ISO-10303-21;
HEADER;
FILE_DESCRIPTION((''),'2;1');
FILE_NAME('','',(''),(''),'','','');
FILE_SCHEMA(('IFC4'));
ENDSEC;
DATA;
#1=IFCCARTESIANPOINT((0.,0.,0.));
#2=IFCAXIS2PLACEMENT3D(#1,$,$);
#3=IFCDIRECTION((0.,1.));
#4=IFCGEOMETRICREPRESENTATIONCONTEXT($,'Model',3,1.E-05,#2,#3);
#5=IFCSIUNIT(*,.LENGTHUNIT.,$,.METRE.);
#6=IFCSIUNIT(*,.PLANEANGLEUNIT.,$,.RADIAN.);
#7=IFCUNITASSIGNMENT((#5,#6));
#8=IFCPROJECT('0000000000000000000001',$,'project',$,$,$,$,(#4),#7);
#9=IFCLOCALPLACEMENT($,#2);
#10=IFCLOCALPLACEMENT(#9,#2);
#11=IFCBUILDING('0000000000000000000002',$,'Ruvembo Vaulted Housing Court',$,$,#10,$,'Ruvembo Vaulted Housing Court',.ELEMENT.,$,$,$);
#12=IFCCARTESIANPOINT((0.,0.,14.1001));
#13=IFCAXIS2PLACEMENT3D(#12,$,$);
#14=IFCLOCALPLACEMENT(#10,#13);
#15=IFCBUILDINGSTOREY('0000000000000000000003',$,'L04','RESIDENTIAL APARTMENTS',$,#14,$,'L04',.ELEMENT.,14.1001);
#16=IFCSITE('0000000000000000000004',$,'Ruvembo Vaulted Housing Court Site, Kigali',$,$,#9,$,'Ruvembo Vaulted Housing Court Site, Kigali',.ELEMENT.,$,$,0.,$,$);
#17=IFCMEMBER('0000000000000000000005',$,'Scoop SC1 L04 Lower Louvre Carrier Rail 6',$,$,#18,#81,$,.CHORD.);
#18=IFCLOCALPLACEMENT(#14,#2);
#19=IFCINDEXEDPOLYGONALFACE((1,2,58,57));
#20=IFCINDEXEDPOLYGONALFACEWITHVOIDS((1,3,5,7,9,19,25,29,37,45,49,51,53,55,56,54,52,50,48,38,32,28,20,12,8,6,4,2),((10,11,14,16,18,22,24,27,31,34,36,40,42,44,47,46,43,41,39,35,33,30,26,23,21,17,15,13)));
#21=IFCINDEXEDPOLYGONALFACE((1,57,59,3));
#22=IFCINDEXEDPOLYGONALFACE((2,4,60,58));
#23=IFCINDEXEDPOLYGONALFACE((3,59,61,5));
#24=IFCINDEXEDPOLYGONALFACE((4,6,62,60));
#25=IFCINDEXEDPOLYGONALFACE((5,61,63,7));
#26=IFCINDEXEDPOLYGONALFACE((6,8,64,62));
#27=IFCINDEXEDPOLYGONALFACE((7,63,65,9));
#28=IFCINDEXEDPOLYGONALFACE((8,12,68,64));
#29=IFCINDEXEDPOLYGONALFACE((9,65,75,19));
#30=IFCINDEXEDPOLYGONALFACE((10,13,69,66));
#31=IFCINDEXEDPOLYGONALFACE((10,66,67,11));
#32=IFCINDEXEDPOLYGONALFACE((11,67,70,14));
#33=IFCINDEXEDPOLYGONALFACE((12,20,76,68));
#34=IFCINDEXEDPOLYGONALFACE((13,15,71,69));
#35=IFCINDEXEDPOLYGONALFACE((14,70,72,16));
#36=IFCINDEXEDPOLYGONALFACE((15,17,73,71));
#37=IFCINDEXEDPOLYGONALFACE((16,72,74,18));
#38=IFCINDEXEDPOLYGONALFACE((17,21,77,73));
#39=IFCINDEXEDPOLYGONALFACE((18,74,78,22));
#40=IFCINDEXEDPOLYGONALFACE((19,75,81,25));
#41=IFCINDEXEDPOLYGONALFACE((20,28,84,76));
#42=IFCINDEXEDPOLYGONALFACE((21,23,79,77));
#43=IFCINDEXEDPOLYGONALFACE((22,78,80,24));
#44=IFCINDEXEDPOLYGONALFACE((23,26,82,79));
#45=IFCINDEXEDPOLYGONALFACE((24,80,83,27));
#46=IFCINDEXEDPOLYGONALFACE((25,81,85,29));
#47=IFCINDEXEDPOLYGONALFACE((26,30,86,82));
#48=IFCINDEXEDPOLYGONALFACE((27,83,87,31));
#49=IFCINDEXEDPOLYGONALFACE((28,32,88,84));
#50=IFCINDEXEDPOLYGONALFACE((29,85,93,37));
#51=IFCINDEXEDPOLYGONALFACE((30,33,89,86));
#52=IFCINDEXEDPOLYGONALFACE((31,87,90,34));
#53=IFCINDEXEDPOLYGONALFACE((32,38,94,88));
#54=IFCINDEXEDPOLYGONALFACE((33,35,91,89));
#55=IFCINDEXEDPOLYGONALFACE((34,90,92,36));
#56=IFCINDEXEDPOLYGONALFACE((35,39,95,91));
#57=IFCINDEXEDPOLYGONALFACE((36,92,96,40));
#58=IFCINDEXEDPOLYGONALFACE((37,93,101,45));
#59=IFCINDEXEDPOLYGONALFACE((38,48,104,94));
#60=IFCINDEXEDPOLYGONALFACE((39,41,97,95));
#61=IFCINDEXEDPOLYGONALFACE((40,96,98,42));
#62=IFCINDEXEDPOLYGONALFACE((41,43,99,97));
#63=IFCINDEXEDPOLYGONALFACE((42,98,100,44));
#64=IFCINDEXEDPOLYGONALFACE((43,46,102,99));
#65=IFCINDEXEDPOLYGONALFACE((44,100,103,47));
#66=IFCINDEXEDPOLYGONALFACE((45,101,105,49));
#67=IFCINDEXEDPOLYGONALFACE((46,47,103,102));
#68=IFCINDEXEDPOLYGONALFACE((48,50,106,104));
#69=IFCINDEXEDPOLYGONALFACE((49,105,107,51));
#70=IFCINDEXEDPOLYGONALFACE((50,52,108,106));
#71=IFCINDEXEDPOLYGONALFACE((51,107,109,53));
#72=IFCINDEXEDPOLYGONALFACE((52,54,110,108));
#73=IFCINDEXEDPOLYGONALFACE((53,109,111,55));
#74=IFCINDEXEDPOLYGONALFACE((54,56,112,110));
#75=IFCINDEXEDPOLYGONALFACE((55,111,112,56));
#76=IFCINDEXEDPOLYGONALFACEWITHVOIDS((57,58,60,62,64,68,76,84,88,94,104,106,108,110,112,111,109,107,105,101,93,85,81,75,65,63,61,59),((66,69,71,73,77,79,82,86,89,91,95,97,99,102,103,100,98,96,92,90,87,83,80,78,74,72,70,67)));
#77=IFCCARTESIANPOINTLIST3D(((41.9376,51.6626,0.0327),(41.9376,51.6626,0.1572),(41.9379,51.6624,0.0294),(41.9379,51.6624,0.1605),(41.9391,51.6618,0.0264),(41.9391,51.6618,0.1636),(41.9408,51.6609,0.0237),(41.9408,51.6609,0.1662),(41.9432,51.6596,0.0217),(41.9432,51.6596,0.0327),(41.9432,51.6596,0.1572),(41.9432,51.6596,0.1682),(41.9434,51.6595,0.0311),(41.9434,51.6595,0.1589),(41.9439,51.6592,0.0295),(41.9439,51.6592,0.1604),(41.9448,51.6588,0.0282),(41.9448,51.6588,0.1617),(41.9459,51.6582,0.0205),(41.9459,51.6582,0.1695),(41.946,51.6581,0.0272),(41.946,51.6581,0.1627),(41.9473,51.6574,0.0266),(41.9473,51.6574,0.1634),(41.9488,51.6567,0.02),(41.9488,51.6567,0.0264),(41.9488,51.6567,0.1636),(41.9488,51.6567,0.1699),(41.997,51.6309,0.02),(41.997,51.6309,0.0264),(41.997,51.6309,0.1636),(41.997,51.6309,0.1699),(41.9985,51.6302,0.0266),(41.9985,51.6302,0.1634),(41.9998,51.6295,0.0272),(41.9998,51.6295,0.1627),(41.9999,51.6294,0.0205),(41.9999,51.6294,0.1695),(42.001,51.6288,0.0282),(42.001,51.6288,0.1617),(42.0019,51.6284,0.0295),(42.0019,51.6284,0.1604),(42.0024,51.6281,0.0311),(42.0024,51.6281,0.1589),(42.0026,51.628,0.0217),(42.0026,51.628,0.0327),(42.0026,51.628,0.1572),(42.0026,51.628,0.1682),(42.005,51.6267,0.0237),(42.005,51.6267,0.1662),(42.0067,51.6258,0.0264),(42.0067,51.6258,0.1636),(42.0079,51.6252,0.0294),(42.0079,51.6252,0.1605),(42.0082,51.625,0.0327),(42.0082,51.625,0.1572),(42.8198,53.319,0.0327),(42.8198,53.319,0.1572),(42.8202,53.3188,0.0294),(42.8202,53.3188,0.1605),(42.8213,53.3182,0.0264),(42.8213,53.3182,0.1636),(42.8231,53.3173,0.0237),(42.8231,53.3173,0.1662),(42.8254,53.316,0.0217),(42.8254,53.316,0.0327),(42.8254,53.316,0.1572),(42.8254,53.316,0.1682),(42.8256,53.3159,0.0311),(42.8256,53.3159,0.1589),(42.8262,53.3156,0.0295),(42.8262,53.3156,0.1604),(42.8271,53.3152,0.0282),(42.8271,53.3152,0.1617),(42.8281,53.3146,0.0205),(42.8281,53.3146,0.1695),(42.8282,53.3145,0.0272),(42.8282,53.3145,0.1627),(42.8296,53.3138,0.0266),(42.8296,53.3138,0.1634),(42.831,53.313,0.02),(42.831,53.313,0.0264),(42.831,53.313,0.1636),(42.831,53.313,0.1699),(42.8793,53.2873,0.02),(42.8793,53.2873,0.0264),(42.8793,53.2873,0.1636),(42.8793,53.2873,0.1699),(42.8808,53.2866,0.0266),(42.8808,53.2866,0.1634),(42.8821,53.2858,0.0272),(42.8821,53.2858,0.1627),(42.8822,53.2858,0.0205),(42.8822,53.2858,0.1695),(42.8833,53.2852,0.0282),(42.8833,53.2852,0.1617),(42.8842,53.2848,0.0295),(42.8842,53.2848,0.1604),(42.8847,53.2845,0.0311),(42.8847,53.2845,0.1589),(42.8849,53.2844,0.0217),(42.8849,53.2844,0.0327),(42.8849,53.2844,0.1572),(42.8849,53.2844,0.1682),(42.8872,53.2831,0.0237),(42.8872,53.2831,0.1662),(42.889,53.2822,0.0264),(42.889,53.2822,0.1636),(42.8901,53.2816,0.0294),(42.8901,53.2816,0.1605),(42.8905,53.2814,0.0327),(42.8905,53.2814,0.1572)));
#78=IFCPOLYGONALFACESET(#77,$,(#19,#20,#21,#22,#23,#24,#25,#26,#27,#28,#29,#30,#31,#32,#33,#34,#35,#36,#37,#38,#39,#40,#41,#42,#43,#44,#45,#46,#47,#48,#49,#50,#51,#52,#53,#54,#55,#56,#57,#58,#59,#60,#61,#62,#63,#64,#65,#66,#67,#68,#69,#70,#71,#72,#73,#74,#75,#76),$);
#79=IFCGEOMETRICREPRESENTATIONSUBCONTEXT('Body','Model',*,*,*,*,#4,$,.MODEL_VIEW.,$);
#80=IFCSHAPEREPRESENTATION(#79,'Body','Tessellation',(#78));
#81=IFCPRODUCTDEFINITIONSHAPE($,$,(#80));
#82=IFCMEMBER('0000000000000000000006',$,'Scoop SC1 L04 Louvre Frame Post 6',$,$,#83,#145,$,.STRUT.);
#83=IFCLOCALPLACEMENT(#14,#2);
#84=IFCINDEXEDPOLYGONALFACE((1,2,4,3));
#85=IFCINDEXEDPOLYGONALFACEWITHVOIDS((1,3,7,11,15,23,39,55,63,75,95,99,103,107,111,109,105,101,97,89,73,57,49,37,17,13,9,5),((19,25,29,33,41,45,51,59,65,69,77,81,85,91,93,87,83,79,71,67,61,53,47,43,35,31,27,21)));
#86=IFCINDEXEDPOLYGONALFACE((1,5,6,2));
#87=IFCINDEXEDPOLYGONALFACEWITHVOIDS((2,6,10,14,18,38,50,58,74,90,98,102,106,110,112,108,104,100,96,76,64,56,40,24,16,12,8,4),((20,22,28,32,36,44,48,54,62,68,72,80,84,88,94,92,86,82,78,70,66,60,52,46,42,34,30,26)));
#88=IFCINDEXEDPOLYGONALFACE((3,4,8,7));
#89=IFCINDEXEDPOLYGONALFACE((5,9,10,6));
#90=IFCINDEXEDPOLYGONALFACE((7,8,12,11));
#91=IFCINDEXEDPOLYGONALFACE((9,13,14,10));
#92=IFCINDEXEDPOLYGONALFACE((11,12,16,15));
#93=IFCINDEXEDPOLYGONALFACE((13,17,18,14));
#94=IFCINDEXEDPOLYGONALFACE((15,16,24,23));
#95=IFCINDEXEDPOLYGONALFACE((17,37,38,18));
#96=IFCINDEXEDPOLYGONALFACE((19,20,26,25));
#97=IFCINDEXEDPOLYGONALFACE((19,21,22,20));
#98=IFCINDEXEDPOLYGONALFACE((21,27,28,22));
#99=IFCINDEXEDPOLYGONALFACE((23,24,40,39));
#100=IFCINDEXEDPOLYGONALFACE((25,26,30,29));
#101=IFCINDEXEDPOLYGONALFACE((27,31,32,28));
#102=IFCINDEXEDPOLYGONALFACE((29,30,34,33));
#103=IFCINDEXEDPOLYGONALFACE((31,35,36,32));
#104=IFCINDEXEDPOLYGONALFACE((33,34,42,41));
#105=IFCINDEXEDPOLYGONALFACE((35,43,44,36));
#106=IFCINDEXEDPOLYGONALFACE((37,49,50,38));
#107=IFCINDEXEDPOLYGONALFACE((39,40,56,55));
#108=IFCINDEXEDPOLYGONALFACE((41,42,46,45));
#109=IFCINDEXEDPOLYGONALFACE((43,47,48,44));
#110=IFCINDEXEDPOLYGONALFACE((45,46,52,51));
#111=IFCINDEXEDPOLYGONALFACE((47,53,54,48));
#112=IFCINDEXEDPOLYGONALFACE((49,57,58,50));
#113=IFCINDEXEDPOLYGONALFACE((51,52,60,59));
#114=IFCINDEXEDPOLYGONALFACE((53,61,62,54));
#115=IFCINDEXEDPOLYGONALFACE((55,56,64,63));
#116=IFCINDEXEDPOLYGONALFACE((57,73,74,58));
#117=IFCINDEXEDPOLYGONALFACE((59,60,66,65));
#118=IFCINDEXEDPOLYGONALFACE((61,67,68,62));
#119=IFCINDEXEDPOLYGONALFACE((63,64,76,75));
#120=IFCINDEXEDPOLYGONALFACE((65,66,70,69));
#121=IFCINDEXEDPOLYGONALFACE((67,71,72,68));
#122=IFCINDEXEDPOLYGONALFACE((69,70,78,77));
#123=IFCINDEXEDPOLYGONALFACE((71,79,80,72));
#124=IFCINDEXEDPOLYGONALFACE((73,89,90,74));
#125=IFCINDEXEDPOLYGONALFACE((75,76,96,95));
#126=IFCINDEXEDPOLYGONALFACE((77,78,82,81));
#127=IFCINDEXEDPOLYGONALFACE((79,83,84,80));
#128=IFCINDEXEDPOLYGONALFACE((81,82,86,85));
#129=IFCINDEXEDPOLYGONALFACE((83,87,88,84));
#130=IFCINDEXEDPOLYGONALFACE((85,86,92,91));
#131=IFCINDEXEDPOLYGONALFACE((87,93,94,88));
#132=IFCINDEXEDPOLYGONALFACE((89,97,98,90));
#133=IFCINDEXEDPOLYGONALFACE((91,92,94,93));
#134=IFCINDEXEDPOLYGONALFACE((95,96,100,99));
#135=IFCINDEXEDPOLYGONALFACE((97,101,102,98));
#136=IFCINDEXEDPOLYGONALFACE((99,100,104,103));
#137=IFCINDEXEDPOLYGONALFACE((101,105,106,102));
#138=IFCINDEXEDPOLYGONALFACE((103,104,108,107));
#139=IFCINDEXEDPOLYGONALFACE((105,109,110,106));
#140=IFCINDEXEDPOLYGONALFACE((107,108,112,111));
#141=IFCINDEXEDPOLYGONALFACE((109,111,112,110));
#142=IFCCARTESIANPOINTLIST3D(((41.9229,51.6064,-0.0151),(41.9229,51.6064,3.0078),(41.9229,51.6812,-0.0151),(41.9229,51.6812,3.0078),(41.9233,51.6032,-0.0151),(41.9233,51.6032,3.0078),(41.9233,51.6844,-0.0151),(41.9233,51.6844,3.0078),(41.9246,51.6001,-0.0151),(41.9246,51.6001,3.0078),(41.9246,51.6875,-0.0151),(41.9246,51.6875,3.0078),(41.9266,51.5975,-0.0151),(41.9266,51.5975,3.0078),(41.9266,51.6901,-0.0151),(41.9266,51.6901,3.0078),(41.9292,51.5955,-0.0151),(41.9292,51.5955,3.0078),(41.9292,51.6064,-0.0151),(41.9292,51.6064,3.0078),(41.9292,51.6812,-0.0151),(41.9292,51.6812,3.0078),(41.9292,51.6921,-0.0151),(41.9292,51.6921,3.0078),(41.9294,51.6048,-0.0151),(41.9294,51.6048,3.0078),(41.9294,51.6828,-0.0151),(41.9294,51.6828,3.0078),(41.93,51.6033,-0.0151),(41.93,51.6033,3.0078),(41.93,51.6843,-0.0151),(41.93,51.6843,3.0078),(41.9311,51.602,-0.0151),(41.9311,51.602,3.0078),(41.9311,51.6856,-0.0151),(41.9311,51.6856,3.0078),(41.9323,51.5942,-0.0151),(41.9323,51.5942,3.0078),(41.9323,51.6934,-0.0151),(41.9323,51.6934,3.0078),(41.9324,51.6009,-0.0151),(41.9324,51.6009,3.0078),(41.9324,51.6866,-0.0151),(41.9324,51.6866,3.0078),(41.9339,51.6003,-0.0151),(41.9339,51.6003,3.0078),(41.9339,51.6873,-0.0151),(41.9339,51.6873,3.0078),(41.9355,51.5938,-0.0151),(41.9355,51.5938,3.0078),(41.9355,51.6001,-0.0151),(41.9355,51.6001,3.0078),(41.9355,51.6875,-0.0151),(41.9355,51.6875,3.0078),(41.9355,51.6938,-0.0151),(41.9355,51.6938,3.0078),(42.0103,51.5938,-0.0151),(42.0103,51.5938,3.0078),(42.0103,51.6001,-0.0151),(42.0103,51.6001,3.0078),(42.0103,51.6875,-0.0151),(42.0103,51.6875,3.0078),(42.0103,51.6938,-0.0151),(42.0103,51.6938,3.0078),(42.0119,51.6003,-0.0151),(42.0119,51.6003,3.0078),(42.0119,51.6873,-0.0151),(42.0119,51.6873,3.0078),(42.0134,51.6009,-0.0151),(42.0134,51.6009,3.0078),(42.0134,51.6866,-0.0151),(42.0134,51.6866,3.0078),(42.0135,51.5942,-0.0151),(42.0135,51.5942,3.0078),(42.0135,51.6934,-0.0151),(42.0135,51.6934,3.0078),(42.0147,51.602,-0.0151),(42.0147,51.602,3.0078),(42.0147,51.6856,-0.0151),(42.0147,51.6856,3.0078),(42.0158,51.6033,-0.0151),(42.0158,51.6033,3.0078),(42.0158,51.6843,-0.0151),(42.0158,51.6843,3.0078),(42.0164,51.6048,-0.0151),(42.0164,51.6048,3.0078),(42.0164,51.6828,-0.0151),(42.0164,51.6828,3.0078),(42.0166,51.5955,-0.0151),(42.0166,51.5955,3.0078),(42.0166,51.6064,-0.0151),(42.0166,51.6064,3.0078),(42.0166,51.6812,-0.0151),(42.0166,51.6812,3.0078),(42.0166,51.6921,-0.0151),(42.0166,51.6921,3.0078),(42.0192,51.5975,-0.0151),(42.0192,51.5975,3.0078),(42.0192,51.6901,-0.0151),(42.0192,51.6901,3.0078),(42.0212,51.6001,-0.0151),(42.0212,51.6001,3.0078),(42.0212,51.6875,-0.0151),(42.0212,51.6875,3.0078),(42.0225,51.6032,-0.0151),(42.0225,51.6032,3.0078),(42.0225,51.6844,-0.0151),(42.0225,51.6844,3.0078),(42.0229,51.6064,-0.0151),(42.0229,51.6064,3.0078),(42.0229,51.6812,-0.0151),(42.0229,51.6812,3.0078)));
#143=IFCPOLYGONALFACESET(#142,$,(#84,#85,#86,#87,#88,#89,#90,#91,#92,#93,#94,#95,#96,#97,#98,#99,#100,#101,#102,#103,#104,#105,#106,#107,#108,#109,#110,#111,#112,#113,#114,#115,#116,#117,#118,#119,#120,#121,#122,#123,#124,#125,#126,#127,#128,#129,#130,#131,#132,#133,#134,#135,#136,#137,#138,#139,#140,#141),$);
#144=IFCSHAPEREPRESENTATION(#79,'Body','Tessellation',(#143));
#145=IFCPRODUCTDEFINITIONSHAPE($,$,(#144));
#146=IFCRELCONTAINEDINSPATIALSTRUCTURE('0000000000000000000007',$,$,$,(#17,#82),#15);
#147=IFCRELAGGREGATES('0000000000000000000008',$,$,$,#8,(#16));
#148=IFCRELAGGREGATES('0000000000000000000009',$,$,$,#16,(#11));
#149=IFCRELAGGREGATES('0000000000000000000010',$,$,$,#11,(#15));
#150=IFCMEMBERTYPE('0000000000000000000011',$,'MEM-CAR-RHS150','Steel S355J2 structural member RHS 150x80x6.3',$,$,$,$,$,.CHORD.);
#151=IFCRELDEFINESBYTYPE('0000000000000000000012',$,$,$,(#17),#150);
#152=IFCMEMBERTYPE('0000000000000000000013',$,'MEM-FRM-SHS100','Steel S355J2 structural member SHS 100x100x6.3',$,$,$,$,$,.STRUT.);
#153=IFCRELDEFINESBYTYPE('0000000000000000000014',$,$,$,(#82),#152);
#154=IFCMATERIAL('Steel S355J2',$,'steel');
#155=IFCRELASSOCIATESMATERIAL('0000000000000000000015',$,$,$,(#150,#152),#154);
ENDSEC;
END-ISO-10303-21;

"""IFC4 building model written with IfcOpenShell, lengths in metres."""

from ifc_helpers import new_model, si_unit, direction, frame, origin, origin_2d, place, context, subcontext, project, spatial, hollow_rectangle, extrude, material, material_profile, profile_set, type_object, element, save


model = new_model("IFC4")

# Units and contexts
model_context = context("Model", 3, precision=1e-05, world=origin(), true_north=direction((0.0, 1.0)))
body_context = subcontext(model_context, "Body", "Model", "MODEL_VIEW")
ifc_project = project(units=[si_unit("LENGTHUNIT", "METRE"), si_unit("PLANEANGLEUNIT", "RADIAN")], contexts=[model_context])

# Site, building, storey
site_placement = place(None, origin())
site = spatial("IfcSite", under=ifc_project, at=site_placement, Name="Ruvembo Vaulted Housing Court Site, Kigali", LongName="Ruvembo Vaulted Housing Court Site, Kigali", CompositionType="ELEMENT", RefElevation=0.0)
building_placement = place(site_placement, origin())
building = spatial("IfcBuilding", under=site, at=building_placement, Name="Ruvembo Vaulted Housing Court", LongName="Ruvembo Vaulted Housing Court", CompositionType="ELEMENT")
storey_placement = place(building_placement, frame((0.0, 0.0, 14.1001)))
storey = spatial("IfcBuildingStorey", under=building, at=storey_placement, Name="L04", Description="RESIDENTIAL APARTMENTS", LongName="L04", CompositionType="ELEMENT", Elevation=14.1001)

# Shared definitions
ifc_material_1 = material(Name="Steel S355J2", Category="steel")

# Members
ifc_material_profile_1 = material_profile(ifc_material_1, hollow_rectangle(XDim=0.0801, YDim=0.1499, WallThickness=0.0063, InnerFilletRadius=0.0063, OuterFilletRadius=0.0127, at=origin_2d()), Name="RHS 150x80x6.3")
ifc_profile_set_1 = profile_set([ifc_material_profile_1], Name="Steel S355J2")
member_type_1 = type_object("IfcMemberType", Name="MEM-CAR-RHS150", Description="Steel S355J2 structural member RHS 150x80x6.3", PredefinedType="CHORD", material=ifc_profile_set_1)
member_1_placement = place(storey_placement, frame((41.9729, 51.6438, 0.095), z_axis=(0.470116, 0.882605, 0.0), x_axis=(-0.882605, 0.470116, 0.0)))
element("IfcMember", 1, at=member_1_placement, inside=storey, type_object=member_type_1, Name="Scoop SC1 L04 Lower Louvre Carrier Rail 6", PredefinedType="CHORD", context=body_context, shape_type="SweptSolid", body=[
    extrude(hollow_rectangle(XDim=0.0801, YDim=0.1499, WallThickness=0.0063, InnerFilletRadius=0.0063, OuterFilletRadius=0.0127, at=origin_2d()), origin(), (0.0, 0.0, 1.0), 1.8767),
])
ifc_material_profile_2 = material_profile(ifc_material_1, hollow_rectangle(XDim=0.1001, YDim=0.1001, WallThickness=0.0063, InnerFilletRadius=0.0063, OuterFilletRadius=0.0127, at=origin_2d()), Name="SHS 100x100x6.3")
ifc_profile_set_2 = profile_set([ifc_material_profile_2], Name="Steel S355J2")
member_type_2 = type_object("IfcMemberType", Name="MEM-FRM-SHS100", Description="Steel S355J2 structural member SHS 100x100x6.3", PredefinedType="STRUT", material=ifc_profile_set_2)
for number, where, z_axis, x_axis, name in (
    (2, (41.9729, 51.6438, -0.0151), (0.0, 0.0, 1.0), (1.0, 0.0, 0.0), "Scoop SC1 L04 Louvre Frame Post 6"),
):
    element("IfcMember", number, at=place(storey_placement, frame(where, z_axis=z_axis, x_axis=x_axis)), inside=storey, type_object=member_type_2, Name=name, PredefinedType="STRUT", context=body_context, shape_type="SweptSolid", body=[
        extrude(hollow_rectangle(XDim=0.1001, YDim=0.1001, WallThickness=0.0063, InnerFilletRadius=0.0063, OuterFilletRadius=0.0127, at=origin_2d()), origin(), (0.0, 0.0, 1.0), 3.0229),
    ])

save(model, "model.ifc")
